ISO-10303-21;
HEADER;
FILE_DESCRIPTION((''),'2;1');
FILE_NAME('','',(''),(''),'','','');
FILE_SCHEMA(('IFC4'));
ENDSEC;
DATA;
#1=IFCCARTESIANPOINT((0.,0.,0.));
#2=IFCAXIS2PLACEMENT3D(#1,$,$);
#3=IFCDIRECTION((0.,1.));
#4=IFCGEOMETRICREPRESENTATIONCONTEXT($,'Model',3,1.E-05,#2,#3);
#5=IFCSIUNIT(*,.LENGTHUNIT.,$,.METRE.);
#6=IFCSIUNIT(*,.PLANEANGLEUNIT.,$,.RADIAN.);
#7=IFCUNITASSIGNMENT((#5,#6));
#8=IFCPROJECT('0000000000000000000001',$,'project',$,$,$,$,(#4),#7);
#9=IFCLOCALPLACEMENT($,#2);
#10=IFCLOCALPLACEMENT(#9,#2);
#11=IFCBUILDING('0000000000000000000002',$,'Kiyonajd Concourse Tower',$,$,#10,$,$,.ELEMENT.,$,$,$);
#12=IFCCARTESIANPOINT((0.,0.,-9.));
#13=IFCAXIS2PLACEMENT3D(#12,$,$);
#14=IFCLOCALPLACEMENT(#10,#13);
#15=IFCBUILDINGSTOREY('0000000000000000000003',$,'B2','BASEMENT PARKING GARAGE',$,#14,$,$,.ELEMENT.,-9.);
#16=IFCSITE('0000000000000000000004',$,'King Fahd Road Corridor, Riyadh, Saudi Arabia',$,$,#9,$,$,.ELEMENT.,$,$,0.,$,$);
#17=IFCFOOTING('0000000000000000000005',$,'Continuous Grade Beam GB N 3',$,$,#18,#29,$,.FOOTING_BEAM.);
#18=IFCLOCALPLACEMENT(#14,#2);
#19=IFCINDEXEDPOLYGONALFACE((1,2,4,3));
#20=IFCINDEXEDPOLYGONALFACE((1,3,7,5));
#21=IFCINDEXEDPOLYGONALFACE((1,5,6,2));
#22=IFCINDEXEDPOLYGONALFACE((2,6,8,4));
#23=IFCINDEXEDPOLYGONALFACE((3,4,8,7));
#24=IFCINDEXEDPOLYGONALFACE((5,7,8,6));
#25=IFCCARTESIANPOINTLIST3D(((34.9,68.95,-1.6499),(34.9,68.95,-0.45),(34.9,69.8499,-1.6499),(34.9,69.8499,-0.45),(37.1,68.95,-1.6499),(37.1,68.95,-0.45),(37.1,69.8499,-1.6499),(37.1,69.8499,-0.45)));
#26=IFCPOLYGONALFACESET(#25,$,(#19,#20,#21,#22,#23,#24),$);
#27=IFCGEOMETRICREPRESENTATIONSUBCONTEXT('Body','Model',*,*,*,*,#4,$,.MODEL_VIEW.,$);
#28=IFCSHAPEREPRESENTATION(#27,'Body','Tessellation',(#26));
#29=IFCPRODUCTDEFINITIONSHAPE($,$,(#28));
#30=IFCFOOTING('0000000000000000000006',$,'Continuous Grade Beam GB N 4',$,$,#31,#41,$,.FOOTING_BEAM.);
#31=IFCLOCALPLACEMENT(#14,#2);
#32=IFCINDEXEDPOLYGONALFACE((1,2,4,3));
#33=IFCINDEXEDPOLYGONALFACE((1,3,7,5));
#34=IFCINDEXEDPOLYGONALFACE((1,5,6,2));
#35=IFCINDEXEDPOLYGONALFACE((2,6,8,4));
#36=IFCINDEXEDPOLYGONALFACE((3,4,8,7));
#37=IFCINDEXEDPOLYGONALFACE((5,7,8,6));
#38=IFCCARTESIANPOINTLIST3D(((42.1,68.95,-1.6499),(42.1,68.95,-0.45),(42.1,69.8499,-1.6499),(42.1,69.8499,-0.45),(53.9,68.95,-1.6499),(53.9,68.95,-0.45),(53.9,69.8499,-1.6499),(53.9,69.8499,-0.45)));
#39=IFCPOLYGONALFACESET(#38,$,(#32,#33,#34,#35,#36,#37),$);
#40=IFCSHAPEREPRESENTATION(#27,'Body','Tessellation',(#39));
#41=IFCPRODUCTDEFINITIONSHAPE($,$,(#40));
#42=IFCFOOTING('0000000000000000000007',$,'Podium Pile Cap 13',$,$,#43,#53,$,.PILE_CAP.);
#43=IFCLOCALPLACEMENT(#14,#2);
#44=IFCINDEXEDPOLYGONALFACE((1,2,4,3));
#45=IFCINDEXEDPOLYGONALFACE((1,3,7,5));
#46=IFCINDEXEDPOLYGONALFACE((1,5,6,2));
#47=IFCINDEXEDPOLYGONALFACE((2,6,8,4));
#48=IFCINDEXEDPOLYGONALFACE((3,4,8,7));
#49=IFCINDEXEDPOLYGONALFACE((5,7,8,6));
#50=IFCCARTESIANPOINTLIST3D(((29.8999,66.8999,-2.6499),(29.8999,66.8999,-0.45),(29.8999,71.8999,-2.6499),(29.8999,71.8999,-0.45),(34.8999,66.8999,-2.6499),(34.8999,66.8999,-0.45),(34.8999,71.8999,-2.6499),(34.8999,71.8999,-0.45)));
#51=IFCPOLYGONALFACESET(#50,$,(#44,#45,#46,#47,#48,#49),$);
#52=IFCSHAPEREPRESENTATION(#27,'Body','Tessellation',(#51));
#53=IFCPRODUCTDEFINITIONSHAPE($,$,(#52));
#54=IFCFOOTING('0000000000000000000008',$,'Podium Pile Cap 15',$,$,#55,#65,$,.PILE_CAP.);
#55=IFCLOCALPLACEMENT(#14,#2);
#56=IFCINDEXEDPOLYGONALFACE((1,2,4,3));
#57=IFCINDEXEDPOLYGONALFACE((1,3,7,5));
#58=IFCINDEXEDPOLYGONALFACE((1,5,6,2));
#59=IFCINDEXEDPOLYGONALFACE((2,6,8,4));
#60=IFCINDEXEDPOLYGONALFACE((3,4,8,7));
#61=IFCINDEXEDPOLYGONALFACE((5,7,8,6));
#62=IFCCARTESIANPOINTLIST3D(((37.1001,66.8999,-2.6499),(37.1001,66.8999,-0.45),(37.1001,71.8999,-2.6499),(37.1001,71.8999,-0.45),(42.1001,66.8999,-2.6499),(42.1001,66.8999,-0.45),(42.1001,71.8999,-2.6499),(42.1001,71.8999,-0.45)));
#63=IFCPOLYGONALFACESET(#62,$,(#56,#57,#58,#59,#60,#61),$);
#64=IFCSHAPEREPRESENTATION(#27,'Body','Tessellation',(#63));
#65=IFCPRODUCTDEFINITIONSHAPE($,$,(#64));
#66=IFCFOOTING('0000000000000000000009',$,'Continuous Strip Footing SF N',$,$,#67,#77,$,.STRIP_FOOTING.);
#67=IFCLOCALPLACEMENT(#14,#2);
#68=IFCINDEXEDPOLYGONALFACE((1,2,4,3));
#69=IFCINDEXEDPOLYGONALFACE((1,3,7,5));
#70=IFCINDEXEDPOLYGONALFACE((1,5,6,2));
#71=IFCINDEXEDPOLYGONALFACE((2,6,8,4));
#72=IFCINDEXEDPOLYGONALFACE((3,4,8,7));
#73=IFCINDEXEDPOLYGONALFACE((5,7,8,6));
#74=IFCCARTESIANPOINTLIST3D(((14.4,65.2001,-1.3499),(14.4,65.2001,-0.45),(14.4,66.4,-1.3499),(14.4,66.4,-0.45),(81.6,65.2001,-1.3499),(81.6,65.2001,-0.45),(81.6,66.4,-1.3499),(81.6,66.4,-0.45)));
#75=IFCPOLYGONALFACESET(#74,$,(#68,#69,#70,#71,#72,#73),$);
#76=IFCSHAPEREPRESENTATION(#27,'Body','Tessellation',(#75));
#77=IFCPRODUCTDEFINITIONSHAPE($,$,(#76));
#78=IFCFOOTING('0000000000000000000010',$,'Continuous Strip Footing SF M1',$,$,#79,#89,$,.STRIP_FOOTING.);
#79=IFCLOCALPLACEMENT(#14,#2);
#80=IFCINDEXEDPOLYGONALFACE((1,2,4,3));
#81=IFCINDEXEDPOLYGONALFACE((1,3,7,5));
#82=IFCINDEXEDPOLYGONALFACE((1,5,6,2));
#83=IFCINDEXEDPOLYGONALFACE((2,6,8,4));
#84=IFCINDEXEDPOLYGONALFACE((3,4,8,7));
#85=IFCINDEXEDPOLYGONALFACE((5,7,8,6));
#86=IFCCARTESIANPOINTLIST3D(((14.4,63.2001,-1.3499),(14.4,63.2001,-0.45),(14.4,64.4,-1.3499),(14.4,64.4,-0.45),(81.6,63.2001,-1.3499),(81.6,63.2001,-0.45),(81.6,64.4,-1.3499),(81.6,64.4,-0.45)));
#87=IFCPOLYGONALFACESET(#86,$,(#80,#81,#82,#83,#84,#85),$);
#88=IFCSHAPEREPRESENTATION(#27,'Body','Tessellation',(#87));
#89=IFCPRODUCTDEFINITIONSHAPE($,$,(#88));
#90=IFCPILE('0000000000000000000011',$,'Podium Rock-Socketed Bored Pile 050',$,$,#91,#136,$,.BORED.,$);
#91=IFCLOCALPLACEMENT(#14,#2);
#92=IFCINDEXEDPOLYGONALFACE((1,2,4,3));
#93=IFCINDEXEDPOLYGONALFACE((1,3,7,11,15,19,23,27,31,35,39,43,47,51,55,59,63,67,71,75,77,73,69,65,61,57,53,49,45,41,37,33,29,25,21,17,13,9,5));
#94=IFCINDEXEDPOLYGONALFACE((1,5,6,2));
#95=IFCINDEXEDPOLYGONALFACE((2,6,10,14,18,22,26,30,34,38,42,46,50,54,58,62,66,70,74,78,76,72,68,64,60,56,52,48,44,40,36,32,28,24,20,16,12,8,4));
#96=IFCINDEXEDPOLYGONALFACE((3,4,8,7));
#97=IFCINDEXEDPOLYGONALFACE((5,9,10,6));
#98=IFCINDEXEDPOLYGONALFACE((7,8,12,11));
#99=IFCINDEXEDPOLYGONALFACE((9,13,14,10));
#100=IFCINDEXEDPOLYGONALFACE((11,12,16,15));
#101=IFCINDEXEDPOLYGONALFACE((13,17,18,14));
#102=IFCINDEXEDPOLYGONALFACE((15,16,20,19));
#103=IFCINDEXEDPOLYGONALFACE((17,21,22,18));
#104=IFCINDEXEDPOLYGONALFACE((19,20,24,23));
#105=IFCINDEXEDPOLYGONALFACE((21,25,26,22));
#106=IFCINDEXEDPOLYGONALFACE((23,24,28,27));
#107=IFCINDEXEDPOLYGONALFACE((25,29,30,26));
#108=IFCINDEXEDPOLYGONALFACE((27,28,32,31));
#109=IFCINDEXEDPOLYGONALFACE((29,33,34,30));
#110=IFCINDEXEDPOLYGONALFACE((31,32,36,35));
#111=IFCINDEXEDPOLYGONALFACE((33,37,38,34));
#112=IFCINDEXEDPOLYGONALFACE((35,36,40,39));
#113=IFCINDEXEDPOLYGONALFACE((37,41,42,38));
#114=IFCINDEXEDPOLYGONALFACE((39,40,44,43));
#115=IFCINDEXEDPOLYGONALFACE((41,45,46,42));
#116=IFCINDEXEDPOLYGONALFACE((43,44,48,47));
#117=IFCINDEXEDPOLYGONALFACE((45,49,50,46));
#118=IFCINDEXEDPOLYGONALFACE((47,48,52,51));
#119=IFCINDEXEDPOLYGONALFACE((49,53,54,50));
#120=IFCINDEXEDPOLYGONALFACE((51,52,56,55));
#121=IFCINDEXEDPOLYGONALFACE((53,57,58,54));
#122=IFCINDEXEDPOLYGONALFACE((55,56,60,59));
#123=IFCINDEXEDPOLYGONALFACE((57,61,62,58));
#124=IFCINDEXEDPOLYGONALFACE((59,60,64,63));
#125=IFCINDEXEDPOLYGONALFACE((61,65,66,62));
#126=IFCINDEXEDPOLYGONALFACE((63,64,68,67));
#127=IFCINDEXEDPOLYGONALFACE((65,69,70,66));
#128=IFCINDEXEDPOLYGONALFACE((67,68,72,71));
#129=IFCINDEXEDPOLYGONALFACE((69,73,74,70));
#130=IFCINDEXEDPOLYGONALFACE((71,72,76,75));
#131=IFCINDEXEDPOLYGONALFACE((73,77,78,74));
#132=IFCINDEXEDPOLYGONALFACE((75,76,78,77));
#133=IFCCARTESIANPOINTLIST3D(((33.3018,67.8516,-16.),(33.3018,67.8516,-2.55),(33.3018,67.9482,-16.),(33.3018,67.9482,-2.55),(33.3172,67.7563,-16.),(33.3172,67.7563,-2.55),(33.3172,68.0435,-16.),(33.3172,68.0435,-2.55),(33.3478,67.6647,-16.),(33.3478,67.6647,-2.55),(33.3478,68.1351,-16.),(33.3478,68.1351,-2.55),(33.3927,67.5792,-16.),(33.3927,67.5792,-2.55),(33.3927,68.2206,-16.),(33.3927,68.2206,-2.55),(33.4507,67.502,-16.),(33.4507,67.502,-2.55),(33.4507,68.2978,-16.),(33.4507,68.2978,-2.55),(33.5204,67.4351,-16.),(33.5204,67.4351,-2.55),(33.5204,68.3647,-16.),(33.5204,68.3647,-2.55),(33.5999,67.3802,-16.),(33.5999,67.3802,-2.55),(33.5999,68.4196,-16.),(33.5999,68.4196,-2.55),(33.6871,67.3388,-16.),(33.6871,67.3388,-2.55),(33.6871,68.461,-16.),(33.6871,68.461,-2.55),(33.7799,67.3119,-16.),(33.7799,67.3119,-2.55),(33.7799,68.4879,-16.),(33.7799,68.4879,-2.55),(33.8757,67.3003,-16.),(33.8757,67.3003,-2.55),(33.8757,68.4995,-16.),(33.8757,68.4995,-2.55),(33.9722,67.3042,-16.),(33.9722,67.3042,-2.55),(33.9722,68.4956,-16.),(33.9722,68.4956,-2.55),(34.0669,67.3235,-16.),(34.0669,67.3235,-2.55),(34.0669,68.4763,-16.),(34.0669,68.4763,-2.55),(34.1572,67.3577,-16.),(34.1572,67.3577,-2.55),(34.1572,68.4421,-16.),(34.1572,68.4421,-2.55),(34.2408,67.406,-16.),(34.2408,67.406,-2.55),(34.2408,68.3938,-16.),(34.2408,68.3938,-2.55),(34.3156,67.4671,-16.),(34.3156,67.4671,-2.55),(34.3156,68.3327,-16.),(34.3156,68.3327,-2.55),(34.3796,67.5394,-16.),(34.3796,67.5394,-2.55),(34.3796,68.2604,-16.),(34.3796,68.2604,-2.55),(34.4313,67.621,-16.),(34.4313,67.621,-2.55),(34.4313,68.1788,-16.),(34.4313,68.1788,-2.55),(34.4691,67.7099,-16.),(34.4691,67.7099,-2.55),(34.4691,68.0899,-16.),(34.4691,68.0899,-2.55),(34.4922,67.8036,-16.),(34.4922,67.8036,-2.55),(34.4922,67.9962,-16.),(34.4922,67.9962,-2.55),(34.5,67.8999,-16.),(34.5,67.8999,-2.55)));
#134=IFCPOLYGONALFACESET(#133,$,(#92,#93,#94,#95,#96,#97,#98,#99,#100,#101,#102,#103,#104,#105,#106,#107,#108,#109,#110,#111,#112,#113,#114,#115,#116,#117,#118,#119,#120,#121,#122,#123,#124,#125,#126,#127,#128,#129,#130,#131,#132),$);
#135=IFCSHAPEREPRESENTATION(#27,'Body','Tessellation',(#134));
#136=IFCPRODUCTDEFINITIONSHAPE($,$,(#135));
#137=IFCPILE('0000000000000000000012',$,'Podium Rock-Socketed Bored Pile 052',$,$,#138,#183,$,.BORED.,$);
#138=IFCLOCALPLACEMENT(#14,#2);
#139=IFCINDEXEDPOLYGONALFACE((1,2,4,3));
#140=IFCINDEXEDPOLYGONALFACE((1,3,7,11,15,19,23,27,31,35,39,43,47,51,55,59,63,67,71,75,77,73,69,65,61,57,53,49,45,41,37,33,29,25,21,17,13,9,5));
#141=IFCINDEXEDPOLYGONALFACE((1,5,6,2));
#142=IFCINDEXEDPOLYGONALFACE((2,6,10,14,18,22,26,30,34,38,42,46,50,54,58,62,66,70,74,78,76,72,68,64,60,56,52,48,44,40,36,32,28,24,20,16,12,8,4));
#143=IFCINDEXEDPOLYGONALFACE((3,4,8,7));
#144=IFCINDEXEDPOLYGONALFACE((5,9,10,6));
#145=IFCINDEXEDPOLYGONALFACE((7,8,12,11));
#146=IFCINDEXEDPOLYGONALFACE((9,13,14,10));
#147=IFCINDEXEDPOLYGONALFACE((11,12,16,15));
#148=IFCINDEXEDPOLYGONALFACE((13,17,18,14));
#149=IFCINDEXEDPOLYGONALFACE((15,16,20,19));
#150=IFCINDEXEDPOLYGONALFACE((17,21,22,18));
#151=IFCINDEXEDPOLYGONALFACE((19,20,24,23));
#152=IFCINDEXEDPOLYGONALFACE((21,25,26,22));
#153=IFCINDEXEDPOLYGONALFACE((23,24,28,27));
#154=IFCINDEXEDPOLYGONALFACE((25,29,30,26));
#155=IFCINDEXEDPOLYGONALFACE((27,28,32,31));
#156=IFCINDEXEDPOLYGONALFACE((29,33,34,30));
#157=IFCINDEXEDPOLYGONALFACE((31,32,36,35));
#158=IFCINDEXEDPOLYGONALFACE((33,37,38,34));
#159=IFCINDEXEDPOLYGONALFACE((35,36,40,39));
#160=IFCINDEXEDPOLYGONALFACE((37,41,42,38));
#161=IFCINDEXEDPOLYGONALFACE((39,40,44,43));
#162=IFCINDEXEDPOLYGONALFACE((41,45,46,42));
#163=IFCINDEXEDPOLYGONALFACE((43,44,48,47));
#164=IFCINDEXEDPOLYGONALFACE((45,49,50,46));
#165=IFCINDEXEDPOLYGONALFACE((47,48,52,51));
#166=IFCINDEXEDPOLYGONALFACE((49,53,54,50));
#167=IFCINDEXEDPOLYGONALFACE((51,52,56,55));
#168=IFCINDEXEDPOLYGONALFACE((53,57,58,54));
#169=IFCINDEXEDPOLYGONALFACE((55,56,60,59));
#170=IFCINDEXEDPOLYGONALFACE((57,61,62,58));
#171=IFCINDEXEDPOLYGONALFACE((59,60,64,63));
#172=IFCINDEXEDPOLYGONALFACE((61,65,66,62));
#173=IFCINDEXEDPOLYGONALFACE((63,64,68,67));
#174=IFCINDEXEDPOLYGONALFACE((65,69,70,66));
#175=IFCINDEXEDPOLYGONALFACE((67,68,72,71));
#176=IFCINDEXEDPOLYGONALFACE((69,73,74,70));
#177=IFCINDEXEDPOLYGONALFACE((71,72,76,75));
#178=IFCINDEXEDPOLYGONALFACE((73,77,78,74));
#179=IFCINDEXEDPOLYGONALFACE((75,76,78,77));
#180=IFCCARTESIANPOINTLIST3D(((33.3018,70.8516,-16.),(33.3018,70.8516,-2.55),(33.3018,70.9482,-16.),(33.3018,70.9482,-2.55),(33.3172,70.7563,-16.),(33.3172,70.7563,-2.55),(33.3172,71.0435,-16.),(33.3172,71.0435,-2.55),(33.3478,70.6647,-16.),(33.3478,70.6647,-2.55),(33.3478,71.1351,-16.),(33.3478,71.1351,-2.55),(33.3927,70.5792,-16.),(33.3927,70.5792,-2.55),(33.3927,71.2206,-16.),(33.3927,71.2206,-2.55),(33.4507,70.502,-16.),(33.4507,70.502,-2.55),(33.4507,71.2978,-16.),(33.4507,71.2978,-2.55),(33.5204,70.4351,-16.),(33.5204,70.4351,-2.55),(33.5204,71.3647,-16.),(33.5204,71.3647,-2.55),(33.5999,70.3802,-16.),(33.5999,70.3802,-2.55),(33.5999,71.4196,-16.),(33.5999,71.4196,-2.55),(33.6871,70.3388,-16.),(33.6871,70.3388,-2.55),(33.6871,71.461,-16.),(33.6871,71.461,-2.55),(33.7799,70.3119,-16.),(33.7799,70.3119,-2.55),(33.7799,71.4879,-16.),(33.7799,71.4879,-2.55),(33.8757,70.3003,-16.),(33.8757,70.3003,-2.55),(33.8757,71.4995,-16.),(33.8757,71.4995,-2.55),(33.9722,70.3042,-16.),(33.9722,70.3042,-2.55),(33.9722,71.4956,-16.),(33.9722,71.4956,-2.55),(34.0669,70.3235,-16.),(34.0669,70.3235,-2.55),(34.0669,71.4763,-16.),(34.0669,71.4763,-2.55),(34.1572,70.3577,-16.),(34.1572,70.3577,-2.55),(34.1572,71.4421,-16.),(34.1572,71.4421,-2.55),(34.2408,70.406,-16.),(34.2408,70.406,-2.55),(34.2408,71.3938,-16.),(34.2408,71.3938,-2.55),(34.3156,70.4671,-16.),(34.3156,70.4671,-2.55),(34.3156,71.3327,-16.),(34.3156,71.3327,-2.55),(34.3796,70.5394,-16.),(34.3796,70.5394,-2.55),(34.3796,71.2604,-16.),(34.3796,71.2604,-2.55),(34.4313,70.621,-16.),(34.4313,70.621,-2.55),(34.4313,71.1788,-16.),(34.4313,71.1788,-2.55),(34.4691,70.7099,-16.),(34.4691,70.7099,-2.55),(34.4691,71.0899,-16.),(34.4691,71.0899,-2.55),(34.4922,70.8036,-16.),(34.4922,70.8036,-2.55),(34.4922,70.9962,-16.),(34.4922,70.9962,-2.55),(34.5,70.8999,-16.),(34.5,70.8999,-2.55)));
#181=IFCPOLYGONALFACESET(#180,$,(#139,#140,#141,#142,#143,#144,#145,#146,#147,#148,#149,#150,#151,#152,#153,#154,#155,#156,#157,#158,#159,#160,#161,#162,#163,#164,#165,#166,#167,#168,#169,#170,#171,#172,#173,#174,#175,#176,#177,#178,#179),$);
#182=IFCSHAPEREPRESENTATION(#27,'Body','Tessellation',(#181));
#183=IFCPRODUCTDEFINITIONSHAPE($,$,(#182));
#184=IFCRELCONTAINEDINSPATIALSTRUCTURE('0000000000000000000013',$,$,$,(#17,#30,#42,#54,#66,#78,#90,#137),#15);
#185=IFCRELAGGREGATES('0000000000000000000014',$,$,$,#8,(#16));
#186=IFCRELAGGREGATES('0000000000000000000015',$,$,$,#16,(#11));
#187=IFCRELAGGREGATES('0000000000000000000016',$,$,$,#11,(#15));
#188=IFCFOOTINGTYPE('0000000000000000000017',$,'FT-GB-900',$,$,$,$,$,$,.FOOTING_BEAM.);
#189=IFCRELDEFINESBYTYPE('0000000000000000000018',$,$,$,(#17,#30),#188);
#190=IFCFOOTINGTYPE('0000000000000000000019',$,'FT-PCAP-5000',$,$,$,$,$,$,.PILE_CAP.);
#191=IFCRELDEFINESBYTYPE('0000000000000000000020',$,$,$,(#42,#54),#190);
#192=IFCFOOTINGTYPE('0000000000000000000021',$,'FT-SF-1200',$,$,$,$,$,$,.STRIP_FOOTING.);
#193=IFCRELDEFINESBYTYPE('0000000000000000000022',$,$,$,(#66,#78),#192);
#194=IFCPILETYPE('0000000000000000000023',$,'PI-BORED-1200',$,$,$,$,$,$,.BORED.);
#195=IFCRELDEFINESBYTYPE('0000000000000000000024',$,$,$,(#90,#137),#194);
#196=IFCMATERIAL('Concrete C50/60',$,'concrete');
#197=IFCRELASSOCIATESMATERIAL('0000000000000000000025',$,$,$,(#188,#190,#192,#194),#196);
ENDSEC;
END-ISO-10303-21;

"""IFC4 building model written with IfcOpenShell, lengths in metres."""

from ifc_helpers import new_model, si_unit, direction, frame, origin, origin_2d, place, context, subcontext, project, spatial, rectangle, circle, extrude, material, material_profile, profile_set, type_object, element, save


model = new_model("IFC4")

# Units and contexts
model_context = context("Model", 3, precision=1e-05, world=origin(), true_north=direction((0.0, 1.0)))
body_context = subcontext(model_context, "Body", "Model", "MODEL_VIEW")
ifc_project = project(units=[si_unit("LENGTHUNIT", "METRE"), si_unit("PLANEANGLEUNIT", "RADIAN")], contexts=[model_context])

# Site, building, storey
site_placement = place(None, origin())
site = spatial("IfcSite", under=ifc_project, at=site_placement, Name="King Fahd Road Corridor, Riyadh, Saudi Arabia", CompositionType="ELEMENT", RefElevation=0.0)
building_placement = place(site_placement, origin())
building = spatial("IfcBuilding", under=site, at=building_placement, Name="Kiyonajd Concourse Tower", CompositionType="ELEMENT")
storey_placement = place(building_placement, frame((0.0, 0.0, -9.0)))
storey = spatial("IfcBuildingStorey", under=building, at=storey_placement, Name="B2", Description="BASEMENT PARKING GARAGE", CompositionType="ELEMENT", Elevation=-9.0)

# Footings
ifc_material_1 = material(Name="Concrete C50/60", Category="concrete")
footing_type_1 = type_object("IfcFootingType", Name="FT-GB-900", PredefinedType="FOOTING_BEAM", material=ifc_material_1)
footing_1_placement = place(storey_placement, frame((36.0, 69.3999, -1.6499), z_axis=(0.0, 0.0, 1.0), x_axis=(1.0, 0.0, 0.0)))
element("IfcFooting", 1, at=footing_1_placement, inside=storey, type_object=footing_type_1, Name="Continuous Grade Beam GB N 3", PredefinedType="FOOTING_BEAM", context=body_context, shape_type="SweptSolid", body=[
    extrude(rectangle(XDim=2.2, YDim=0.8999, at=origin_2d()), origin(), (0.0, 0.0, 1.0), 1.2),
])
footing_2_placement = place(storey_placement, frame((48.0, 69.3999, -1.6499), z_axis=(0.0, 0.0, 1.0), x_axis=(1.0, 0.0, 0.0)))
element("IfcFooting", 2, at=footing_2_placement, inside=storey, type_object=footing_type_1, Name="Continuous Grade Beam GB N 4", PredefinedType="FOOTING_BEAM", context=body_context, shape_type="SweptSolid", body=[
    extrude(rectangle(XDim=11.8, YDim=0.8999, at=origin_2d()), origin(), (0.0, 0.0, 1.0), 1.2),
])
footing_type_2 = type_object("IfcFootingType", Name="FT-PCAP-5000", PredefinedType="PILE_CAP", material=ifc_material_1)
for number, where, z_axis, x_axis, name in (
    (3, (32.3999, 69.3999, -2.6499), (0.0, 0.0, 1.0), (1.0, 0.0, 0.0), "Podium Pile Cap 13"),
    (4, (39.6001, 69.3999, -2.6499), (0.0, 0.0, 1.0), (1.0, 0.0, 0.0), "Podium Pile Cap 15"),
):
    element("IfcFooting", number, at=place(storey_placement, frame(where, z_axis=z_axis, x_axis=x_axis)), inside=storey, type_object=footing_type_2, Name=name, PredefinedType="PILE_CAP", context=body_context, shape_type="SweptSolid", body=[
        extrude(rectangle(XDim=5.0, YDim=5.0, at=origin_2d()), origin(), (0.0, 0.0, 1.0), 2.2),
    ])
footing_type_3 = type_object("IfcFootingType", Name="FT-SF-1200", PredefinedType="STRIP_FOOTING", material=ifc_material_1)
for number, where, z_axis, x_axis, name in (
    (5, (48.0, 65.8, -1.3499), (0.0, 0.0, 1.0), (1.0, 0.0, 0.0), "Continuous Strip Footing SF N"),
    (6, (48.0, 63.8, -1.3499), (0.0, 0.0, 1.0), (1.0, 0.0, 0.0), "Continuous Strip Footing SF M1"),
):
    element("IfcFooting", number, at=place(storey_placement, frame(where, z_axis=z_axis, x_axis=x_axis)), inside=storey, type_object=footing_type_3, Name=name, PredefinedType="STRIP_FOOTING", context=body_context, shape_type="SweptSolid", body=[
        extrude(rectangle(XDim=67.2, YDim=1.2, at=origin_2d()), origin(), (0.0, 0.0, 1.0), 0.8999),
    ])

# Piles
ifc_material_profile_1 = material_profile(ifc_material_1, circle(Radius=0.6001, at=origin_2d()), Name="PILE-D1200")
ifc_profile_set_1 = profile_set([ifc_material_profile_1], Name="Concrete C50/60")
pile_type = type_object("IfcPileType", Name="PI-BORED-1200", PredefinedType="BORED", material=ifc_profile_set_1)
for number, where, z_axis, x_axis, name in (
    (7, (33.8999, 67.8999, -2.55), (0.0, 0.0, -1.0), (1.0, 0.0, 0.0), "Podium Rock-Socketed Bored Pile 050"),
    (8, (33.8999, 70.8999, -2.55), (0.0, 0.0, -1.0), (1.0, 0.0, 0.0), "Podium Rock-Socketed Bored Pile 052"),
):
    element("IfcPile", number, at=place(storey_placement, frame(where, z_axis=z_axis, x_axis=x_axis)), inside=storey, type_object=pile_type, Name=name, PredefinedType="BORED", context=body_context, shape_type="SweptSolid", body=[
        extrude(circle(Radius=0.6001, at=origin_2d()), origin(), (0.0, 0.0, 1.0), 13.45),
    ])

save(model, "model.ifc")
